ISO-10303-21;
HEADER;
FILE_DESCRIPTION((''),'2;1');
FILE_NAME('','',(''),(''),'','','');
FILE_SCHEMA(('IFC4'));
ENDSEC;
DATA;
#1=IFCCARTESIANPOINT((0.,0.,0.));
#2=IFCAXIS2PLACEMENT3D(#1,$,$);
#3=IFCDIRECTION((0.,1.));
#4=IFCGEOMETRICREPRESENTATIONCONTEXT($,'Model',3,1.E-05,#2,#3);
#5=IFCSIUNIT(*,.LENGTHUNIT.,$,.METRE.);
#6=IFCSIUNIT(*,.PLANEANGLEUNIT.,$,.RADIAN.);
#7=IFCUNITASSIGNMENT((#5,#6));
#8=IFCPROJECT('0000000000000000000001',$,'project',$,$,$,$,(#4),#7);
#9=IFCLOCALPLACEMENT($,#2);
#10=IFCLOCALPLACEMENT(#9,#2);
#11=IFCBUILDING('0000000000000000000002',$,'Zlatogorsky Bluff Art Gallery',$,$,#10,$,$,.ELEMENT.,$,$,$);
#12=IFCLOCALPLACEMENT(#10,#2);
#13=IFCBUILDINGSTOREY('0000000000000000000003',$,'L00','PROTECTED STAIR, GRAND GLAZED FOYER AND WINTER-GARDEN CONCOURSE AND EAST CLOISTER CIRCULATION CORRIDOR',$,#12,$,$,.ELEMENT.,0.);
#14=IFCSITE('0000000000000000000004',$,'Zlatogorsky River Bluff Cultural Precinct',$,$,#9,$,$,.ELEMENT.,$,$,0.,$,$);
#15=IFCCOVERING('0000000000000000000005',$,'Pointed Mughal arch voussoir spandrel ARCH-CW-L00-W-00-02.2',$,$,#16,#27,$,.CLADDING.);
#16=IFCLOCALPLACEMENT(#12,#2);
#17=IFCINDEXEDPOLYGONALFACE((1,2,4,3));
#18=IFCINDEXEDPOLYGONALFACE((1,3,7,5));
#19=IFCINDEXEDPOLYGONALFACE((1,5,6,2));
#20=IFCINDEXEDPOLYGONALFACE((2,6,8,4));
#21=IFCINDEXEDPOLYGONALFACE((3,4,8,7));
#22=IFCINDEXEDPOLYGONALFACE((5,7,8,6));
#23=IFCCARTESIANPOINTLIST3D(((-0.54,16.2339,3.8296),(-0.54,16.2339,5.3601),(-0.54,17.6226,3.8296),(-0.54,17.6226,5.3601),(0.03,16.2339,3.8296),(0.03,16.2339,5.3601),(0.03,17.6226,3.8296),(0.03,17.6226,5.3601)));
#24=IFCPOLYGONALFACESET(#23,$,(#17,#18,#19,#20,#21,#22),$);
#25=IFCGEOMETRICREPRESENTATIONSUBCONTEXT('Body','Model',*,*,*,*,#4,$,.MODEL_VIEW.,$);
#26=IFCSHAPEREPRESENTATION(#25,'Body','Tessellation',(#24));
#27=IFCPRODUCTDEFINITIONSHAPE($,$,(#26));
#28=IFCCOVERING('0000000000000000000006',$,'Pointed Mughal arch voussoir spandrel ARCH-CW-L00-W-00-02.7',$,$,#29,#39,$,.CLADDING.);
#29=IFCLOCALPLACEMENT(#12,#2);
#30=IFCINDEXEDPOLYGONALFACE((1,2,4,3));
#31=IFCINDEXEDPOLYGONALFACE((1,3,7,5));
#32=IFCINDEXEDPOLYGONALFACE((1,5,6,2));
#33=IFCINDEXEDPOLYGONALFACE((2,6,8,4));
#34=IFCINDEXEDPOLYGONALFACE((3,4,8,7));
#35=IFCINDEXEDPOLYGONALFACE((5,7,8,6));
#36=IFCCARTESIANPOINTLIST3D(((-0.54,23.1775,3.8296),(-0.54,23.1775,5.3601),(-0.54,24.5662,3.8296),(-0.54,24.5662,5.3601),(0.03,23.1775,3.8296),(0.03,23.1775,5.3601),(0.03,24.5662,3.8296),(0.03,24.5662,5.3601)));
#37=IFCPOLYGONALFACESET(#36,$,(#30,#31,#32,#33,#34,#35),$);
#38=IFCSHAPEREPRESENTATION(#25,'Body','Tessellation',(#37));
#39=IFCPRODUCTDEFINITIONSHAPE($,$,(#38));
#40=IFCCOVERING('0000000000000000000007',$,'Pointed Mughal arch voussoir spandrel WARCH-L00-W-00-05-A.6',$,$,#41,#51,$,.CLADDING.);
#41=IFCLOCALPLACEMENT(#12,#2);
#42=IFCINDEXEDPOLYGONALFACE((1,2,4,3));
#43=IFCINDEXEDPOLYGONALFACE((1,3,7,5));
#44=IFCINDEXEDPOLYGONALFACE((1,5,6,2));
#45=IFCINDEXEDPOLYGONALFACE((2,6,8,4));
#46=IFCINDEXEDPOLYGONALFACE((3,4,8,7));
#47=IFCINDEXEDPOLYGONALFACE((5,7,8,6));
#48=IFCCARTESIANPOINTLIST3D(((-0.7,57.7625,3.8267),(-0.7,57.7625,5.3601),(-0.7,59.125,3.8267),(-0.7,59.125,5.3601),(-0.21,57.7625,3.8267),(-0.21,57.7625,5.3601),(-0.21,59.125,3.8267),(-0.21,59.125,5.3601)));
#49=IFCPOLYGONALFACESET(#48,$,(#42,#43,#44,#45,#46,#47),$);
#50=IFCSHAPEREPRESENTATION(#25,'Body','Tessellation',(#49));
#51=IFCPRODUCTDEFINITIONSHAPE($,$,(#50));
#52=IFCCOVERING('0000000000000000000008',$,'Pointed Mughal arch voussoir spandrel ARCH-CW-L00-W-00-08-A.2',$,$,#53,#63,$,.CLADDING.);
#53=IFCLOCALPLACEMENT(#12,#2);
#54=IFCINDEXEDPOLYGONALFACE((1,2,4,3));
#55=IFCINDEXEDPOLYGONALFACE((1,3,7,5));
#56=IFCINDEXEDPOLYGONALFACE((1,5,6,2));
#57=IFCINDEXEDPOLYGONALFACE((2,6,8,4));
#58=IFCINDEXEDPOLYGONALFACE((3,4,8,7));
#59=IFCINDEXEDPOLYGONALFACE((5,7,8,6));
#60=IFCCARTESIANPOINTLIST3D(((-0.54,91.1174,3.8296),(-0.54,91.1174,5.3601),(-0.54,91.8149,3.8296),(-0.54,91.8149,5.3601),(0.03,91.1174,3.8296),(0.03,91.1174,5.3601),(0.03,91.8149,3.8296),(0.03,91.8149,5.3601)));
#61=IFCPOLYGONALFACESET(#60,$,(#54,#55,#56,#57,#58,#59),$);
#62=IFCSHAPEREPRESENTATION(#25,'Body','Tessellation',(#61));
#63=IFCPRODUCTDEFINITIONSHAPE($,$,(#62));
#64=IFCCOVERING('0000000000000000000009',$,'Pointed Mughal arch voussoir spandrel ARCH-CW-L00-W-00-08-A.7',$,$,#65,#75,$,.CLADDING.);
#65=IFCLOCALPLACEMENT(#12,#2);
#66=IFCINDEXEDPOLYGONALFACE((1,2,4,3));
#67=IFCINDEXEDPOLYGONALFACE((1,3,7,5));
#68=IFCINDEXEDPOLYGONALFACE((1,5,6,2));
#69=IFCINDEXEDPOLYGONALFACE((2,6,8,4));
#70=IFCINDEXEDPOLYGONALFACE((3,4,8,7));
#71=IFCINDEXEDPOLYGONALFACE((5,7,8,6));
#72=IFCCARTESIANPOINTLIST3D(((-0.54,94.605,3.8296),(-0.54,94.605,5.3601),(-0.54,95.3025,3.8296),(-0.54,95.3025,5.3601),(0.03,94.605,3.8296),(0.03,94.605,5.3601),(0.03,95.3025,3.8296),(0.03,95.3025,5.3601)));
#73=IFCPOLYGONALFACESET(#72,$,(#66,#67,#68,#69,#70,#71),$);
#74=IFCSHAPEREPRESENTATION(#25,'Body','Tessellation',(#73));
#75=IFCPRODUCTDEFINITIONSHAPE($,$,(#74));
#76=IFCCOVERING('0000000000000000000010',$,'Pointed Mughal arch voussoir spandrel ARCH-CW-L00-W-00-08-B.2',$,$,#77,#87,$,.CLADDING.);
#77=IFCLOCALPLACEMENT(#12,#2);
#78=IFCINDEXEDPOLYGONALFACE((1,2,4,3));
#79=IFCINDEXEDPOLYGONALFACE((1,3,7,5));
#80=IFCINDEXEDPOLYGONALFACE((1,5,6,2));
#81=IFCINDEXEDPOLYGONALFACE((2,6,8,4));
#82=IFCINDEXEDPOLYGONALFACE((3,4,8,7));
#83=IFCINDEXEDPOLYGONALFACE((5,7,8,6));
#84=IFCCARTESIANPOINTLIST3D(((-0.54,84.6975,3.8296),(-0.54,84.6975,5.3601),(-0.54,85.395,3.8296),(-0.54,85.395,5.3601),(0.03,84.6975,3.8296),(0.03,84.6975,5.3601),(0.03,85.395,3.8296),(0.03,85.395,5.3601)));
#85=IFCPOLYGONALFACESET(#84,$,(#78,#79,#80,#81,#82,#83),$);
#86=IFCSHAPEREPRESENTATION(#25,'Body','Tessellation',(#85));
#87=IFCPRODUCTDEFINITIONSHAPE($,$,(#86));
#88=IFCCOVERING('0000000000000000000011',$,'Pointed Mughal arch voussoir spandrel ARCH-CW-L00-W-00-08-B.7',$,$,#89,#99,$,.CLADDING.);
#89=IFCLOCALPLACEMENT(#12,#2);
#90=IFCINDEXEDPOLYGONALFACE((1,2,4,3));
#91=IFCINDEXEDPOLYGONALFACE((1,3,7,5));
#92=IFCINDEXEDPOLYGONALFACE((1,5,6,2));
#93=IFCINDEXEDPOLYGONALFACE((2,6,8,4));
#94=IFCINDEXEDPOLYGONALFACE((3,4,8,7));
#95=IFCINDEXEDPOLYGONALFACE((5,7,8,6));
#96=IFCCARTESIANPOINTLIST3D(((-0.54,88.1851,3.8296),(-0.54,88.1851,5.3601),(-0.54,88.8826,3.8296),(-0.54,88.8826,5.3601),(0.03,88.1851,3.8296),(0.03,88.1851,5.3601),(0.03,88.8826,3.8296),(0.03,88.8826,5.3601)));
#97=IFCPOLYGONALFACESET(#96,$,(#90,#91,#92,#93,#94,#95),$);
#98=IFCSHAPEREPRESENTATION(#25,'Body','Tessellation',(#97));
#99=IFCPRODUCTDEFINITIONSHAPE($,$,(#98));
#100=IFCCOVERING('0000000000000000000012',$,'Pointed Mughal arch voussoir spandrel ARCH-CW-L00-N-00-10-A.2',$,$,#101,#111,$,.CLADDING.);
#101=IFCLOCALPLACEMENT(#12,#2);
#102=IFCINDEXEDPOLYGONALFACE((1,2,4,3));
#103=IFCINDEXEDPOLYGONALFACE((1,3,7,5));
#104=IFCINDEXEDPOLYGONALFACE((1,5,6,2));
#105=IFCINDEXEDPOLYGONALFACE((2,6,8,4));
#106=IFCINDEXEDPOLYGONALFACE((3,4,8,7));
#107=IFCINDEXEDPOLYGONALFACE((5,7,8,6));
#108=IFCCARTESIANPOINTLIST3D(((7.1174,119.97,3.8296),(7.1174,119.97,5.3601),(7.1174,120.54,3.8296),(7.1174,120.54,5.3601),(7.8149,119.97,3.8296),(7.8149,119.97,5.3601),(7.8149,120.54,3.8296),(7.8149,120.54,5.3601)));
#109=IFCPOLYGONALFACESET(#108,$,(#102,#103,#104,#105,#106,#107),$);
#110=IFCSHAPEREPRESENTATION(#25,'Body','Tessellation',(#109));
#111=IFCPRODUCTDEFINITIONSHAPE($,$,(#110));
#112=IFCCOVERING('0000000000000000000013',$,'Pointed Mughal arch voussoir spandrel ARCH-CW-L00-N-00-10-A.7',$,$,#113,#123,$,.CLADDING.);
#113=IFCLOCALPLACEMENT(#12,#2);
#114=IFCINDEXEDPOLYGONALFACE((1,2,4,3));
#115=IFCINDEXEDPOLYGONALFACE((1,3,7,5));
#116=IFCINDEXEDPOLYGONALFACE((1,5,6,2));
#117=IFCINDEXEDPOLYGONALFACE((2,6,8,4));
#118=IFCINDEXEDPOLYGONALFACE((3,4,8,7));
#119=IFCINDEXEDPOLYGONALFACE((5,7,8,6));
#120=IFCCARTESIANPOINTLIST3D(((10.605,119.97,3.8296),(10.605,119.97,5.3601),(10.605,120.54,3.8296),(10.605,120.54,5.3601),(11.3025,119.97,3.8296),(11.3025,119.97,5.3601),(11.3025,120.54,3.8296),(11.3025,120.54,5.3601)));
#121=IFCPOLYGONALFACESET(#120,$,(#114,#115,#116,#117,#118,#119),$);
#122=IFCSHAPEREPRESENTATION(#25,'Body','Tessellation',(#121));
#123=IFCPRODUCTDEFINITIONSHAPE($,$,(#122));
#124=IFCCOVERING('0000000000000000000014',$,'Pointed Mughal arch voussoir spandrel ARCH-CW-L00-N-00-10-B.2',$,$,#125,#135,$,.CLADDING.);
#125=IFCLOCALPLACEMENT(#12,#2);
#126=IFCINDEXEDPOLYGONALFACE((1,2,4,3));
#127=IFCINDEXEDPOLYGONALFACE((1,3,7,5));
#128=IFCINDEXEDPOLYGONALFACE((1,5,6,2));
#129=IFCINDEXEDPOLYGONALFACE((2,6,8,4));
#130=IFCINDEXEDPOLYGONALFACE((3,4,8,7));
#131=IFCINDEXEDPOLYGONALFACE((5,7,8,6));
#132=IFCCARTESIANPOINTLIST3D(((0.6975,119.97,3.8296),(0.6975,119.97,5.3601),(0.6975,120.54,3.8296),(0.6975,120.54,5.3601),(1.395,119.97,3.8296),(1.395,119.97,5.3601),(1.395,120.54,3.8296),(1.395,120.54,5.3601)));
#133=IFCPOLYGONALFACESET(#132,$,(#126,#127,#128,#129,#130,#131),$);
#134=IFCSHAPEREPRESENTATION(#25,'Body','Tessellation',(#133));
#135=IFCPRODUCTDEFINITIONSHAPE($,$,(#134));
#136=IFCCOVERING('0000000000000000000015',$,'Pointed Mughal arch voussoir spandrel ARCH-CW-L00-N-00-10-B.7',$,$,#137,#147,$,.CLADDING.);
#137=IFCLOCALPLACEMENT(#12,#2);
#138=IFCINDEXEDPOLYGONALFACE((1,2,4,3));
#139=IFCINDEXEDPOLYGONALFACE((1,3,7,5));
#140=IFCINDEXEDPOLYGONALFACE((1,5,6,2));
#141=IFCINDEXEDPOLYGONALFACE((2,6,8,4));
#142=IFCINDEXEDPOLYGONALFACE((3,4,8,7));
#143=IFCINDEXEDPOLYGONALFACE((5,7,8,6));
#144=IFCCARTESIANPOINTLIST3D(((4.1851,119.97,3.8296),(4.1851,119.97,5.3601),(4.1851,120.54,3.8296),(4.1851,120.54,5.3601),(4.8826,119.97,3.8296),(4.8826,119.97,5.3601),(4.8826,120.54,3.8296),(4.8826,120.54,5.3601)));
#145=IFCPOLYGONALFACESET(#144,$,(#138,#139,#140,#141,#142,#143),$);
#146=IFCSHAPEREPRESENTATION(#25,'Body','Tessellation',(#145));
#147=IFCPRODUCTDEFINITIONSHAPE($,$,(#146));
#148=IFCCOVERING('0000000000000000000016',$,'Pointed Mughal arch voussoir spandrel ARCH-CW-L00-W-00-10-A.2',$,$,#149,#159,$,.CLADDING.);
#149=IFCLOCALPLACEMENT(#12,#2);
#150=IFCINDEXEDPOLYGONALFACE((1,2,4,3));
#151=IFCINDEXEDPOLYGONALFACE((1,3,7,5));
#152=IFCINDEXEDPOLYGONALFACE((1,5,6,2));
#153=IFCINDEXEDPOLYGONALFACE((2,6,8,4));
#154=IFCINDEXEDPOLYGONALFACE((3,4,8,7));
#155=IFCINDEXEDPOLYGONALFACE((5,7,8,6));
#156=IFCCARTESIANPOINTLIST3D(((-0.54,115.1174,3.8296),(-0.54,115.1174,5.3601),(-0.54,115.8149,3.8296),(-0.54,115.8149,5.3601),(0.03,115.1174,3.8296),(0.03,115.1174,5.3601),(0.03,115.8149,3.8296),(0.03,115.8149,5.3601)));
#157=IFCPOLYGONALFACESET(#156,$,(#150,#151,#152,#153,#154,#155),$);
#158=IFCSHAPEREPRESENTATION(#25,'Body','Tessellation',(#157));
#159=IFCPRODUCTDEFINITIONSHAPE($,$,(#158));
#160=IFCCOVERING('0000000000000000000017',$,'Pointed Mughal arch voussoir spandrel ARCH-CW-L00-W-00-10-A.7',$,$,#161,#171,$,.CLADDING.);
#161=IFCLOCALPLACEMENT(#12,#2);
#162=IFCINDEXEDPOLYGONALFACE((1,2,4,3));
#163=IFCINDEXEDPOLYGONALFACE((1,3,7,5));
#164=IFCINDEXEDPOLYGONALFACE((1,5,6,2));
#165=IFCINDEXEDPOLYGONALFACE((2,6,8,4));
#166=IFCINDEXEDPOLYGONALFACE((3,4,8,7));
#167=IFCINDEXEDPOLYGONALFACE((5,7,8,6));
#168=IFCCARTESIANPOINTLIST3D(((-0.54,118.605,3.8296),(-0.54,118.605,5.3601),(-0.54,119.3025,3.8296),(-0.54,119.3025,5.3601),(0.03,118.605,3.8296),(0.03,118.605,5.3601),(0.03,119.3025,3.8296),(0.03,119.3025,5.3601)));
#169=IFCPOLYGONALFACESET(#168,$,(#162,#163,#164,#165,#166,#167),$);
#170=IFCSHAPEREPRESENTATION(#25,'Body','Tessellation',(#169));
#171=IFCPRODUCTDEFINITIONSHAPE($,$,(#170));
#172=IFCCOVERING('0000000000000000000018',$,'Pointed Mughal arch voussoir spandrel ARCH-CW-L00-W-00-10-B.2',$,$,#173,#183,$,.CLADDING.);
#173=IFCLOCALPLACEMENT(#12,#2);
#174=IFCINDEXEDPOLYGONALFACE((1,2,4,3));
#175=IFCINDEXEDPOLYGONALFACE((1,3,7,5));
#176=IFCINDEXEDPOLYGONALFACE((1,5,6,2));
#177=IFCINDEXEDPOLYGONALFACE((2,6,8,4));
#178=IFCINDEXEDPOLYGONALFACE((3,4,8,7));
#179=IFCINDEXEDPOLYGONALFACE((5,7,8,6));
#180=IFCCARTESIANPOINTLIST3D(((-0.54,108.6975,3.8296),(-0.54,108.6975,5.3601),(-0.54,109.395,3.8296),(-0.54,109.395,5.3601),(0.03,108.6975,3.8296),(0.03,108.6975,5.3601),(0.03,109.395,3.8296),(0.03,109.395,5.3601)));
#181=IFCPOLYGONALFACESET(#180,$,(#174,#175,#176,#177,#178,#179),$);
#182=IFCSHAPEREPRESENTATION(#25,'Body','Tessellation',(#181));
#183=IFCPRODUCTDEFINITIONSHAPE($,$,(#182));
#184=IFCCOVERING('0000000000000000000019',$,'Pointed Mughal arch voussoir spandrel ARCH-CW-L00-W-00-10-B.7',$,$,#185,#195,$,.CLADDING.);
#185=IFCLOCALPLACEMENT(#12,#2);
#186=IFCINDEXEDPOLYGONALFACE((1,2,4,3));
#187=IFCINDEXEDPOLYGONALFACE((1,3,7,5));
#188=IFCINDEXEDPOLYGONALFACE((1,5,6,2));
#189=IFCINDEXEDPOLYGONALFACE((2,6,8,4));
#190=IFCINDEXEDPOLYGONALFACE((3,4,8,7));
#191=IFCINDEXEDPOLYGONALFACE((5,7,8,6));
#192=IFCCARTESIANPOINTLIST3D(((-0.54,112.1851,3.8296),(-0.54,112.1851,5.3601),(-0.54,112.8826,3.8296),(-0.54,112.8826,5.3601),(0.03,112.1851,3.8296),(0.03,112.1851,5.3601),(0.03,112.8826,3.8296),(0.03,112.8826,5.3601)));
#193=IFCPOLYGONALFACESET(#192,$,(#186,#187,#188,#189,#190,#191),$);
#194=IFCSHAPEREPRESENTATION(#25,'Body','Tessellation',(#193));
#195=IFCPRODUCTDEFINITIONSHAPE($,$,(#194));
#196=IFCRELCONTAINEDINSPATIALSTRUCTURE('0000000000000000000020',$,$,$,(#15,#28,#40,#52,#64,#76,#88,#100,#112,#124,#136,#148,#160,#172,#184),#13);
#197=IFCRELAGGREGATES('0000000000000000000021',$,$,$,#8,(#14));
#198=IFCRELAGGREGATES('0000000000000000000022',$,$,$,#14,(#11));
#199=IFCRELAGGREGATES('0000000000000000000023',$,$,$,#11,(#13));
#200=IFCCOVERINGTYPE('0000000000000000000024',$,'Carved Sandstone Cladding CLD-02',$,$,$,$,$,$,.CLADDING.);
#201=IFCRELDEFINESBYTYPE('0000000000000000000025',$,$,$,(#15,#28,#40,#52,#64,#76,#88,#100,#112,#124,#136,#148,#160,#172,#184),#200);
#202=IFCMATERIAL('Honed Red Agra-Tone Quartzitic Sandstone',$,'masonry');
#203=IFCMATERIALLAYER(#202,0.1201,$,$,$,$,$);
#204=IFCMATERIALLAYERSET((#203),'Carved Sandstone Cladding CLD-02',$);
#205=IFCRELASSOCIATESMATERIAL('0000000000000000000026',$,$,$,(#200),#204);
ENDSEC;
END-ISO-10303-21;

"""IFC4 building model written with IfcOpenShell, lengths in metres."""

from ifc_helpers import new_model, si_unit, direction, frame, origin, place, context, subcontext, project, spatial, polyline, outline, extrude, material, layer, layer_set, type_object, element, save


model = new_model("IFC4")

# Units and contexts
model_context = context("Model", 3, precision=1e-05, world=origin(), true_north=direction((0.0, 1.0)))
body_context = subcontext(model_context, "Body", "Model", "MODEL_VIEW")
ifc_project = project(units=[si_unit("LENGTHUNIT", "METRE"), si_unit("PLANEANGLEUNIT", "RADIAN")], contexts=[model_context])

# Site, building, storey
site_placement = place(None, origin())
site = spatial("IfcSite", under=ifc_project, at=site_placement, Name="Zlatogorsky River Bluff Cultural Precinct", CompositionType="ELEMENT", RefElevation=0.0)
building_placement = place(site_placement, origin())
building = spatial("IfcBuilding", under=site, at=building_placement, Name="Zlatogorsky Bluff Art Gallery", CompositionType="ELEMENT")
storey_placement = place(building_placement, origin())
storey = spatial("IfcBuildingStorey", under=building, at=storey_placement, Name="L00", Description="PROTECTED STAIR, GRAND GLAZED FOYER AND WINTER-GARDEN CONCOURSE AND EAST CLOISTER CIRCULATION CORRIDOR", CompositionType="ELEMENT", Elevation=0.0)

# Coverings
ifc_material = material(Name="Honed Red Agra-Tone Quartzitic Sandstone", Category="masonry")
ifc_layer = layer(ifc_material, 0.1201)
ifc_layer_set = layer_set([ifc_layer], Name="Carved Sandstone Cladding CLD-02")
covering_type = type_object("IfcCoveringType", Name="Carved Sandstone Cladding CLD-02", PredefinedType="CLADDING", material=ifc_layer_set)
covering_1_placement = place(storey_placement, frame((0.0, 0.0, 3.8296)))
element("IfcCovering", 1, at=covering_1_placement, inside=storey, type_object=covering_type, Name="Pointed Mughal arch voussoir spandrel ARCH-CW-L00-W-00-02.2", PredefinedType="CLADDING", context=body_context, shape_type="SweptSolid", body=[
    extrude(outline(polyline([(-0.54, 16.2339), (-0.54, 17.6226), (0.03, 17.6226), (0.03, 16.2339), (-0.54, 16.2339)])), origin(), (0.0, 0.0, 1.0), 1.5305),
])
covering_2_placement = place(storey_placement, frame((0.0, 0.0, 3.8296)))
element("IfcCovering", 2, at=covering_2_placement, inside=storey, type_object=covering_type, Name="Pointed Mughal arch voussoir spandrel ARCH-CW-L00-W-00-02.7", PredefinedType="CLADDING", context=body_context, shape_type="SweptSolid", body=[
    extrude(outline(polyline([(-0.54, 23.1775), (-0.54, 24.5662), (0.03, 24.5662), (0.03, 23.1775), (-0.54, 23.1775)])), origin(), (0.0, 0.0, 1.0), 1.5305),
])
covering_3_placement = place(storey_placement, frame((0.0, 0.0, 3.8267)))
element("IfcCovering", 3, at=covering_3_placement, inside=storey, type_object=covering_type, Name="Pointed Mughal arch voussoir spandrel WARCH-L00-W-00-05-A.6", PredefinedType="CLADDING", context=body_context, shape_type="SweptSolid", body=[
    extrude(outline(polyline([(-0.7, 57.7625), (-0.7, 59.125), (-0.21, 59.125), (-0.21, 57.7625), (-0.7, 57.7625)])), origin(), (0.0, 0.0, 1.0), 1.5334),
])
covering_4_placement = place(storey_placement, frame((0.0, 0.0, 3.8296)))
element("IfcCovering", 4, at=covering_4_placement, inside=storey, type_object=covering_type, Name="Pointed Mughal arch voussoir spandrel ARCH-CW-L00-W-00-08-A.2", PredefinedType="CLADDING", context=body_context, shape_type="SweptSolid", body=[
    extrude(outline(polyline([(-0.54, 91.1174), (-0.54, 91.8149), (0.03, 91.8149), (0.03, 91.1174), (-0.54, 91.1174)])), origin(), (0.0, 0.0, 1.0), 1.5305),
])
covering_5_placement = place(storey_placement, frame((0.0, 0.0, 3.8296)))
element("IfcCovering", 5, at=covering_5_placement, inside=storey, type_object=covering_type, Name="Pointed Mughal arch voussoir spandrel ARCH-CW-L00-W-00-08-A.7", PredefinedType="CLADDING", context=body_context, shape_type="SweptSolid", body=[
    extrude(outline(polyline([(-0.54, 94.605), (-0.54, 95.3025), (0.03, 95.3025), (0.03, 94.605), (-0.54, 94.605)])), origin(), (0.0, 0.0, 1.0), 1.5305),
])
covering_6_placement = place(storey_placement, frame((0.0, 0.0, 3.8296)))
element("IfcCovering", 6, at=covering_6_placement, inside=storey, type_object=covering_type, Name="Pointed Mughal arch voussoir spandrel ARCH-CW-L00-W-00-08-B.2", PredefinedType="CLADDING", context=body_context, shape_type="SweptSolid", body=[
    extrude(outline(polyline([(-0.54, 84.6975), (-0.54, 85.395), (0.03, 85.395), (0.03, 84.6975), (-0.54, 84.6975)])), origin(), (0.0, 0.0, 1.0), 1.5305),
])
covering_7_placement = place(storey_placement, frame((0.0, 0.0, 3.8296)))
element("IfcCovering", 7, at=covering_7_placement, inside=storey, type_object=covering_type, Name="Pointed Mughal arch voussoir spandrel ARCH-CW-L00-W-00-08-B.7", PredefinedType="CLADDING", context=body_context, shape_type="SweptSolid", body=[
    extrude(outline(polyline([(-0.54, 88.1851), (-0.54, 88.8826), (0.03, 88.8826), (0.03, 88.1851), (-0.54, 88.1851)])), origin(), (0.0, 0.0, 1.0), 1.5305),
])
covering_8_placement = place(storey_placement, frame((0.0, 0.0, 3.8296)))
element("IfcCovering", 8, at=covering_8_placement, inside=storey, type_object=covering_type, Name="Pointed Mughal arch voussoir spandrel ARCH-CW-L00-N-00-10-A.2", PredefinedType="CLADDING", context=body_context, shape_type="SweptSolid", body=[
    extrude(outline(polyline([(7.1174, 119.97), (7.8149, 119.97), (7.8149, 120.54), (7.1174, 120.54), (7.1174, 119.97)])), origin(), (0.0, 0.0, 1.0), 1.5305),
])
covering_9_placement = place(storey_placement, frame((0.0, 0.0, 3.8296)))
element("IfcCovering", 9, at=covering_9_placement, inside=storey, type_object=covering_type, Name="Pointed Mughal arch voussoir spandrel ARCH-CW-L00-N-00-10-A.7", PredefinedType="CLADDING", context=body_context, shape_type="SweptSolid", body=[
    extrude(outline(polyline([(10.605, 119.97), (11.3025, 119.97), (11.3025, 120.54), (10.605, 120.54), (10.605, 119.97)])), origin(), (0.0, 0.0, 1.0), 1.5305),
])
covering_10_placement = place(storey_placement, frame((0.0, 0.0, 3.8296)))
element("IfcCovering", 10, at=covering_10_placement, inside=storey, type_object=covering_type, Name="Pointed Mughal arch voussoir spandrel ARCH-CW-L00-N-00-10-B.2", PredefinedType="CLADDING", context=body_context, shape_type="SweptSolid", body=[
    extrude(outline(polyline([(0.6975, 119.97), (1.395, 119.97), (1.395, 120.54), (0.6975, 120.54), (0.6975, 119.97)])), origin(), (0.0, 0.0, 1.0), 1.5305),
])
covering_11_placement = place(storey_placement, frame((0.0, 0.0, 3.8296)))
element("IfcCovering", 11, at=covering_11_placement, inside=storey, type_object=covering_type, Name="Pointed Mughal arch voussoir spandrel ARCH-CW-L00-N-00-10-B.7", PredefinedType="CLADDING", context=body_context, shape_type="SweptSolid", body=[
    extrude(outline(polyline([(4.1851, 119.97), (4.8826, 119.97), (4.8826, 120.54), (4.1851, 120.54), (4.1851, 119.97)])), origin(), (0.0, 0.0, 1.0), 1.5305),
])
covering_12_placement = place(storey_placement, frame((0.0, 0.0, 3.8296)))
element("IfcCovering", 12, at=covering_12_placement, inside=storey, type_object=covering_type, Name="Pointed Mughal arch voussoir spandrel ARCH-CW-L00-W-00-10-A.2", PredefinedType="CLADDING", context=body_context, shape_type="SweptSolid", body=[
    extrude(outline(polyline([(-0.54, 115.1174), (-0.54, 115.8149), (0.03, 115.8149), (0.03, 115.1174), (-0.54, 115.1174)])), origin(), (0.0, 0.0, 1.0), 1.5305),
])
covering_13_placement = place(storey_placement, frame((0.0, 0.0, 3.8296)))
element("IfcCovering", 13, at=covering_13_placement, inside=storey, type_object=covering_type, Name="Pointed Mughal arch voussoir spandrel ARCH-CW-L00-W-00-10-A.7", PredefinedType="CLADDING", context=body_context, shape_type="SweptSolid", body=[
    extrude(outline(polyline([(-0.54, 118.605), (-0.54, 119.3025), (0.03, 119.3025), (0.03, 118.605), (-0.54, 118.605)])), origin(), (0.0, 0.0, 1.0), 1.5305),
])
covering_14_placement = place(storey_placement, frame((0.0, 0.0, 3.8296)))
element("IfcCovering", 14, at=covering_14_placement, inside=storey, type_object=covering_type, Name="Pointed Mughal arch voussoir spandrel ARCH-CW-L00-W-00-10-B.2", PredefinedType="CLADDING", context=body_context, shape_type="SweptSolid", body=[
    extrude(outline(polyline([(-0.54, 108.6975), (-0.54, 109.395), (0.03, 109.395), (0.03, 108.6975), (-0.54, 108.6975)])), origin(), (0.0, 0.0, 1.0), 1.5305),
])
covering_15_placement = place(storey_placement, frame((0.0, 0.0, 3.8296)))
element("IfcCovering", 15, at=covering_15_placement, inside=storey, type_object=covering_type, Name="Pointed Mughal arch voussoir spandrel ARCH-CW-L00-W-00-10-B.7", PredefinedType="CLADDING", context=body_context, shape_type="SweptSolid", body=[
    extrude(outline(polyline([(-0.54, 112.1851), (-0.54, 112.8826), (0.03, 112.8826), (0.03, 112.1851), (-0.54, 112.1851)])), origin(), (0.0, 0.0, 1.0), 1.5305),
])

save(model, "model.ifc")
